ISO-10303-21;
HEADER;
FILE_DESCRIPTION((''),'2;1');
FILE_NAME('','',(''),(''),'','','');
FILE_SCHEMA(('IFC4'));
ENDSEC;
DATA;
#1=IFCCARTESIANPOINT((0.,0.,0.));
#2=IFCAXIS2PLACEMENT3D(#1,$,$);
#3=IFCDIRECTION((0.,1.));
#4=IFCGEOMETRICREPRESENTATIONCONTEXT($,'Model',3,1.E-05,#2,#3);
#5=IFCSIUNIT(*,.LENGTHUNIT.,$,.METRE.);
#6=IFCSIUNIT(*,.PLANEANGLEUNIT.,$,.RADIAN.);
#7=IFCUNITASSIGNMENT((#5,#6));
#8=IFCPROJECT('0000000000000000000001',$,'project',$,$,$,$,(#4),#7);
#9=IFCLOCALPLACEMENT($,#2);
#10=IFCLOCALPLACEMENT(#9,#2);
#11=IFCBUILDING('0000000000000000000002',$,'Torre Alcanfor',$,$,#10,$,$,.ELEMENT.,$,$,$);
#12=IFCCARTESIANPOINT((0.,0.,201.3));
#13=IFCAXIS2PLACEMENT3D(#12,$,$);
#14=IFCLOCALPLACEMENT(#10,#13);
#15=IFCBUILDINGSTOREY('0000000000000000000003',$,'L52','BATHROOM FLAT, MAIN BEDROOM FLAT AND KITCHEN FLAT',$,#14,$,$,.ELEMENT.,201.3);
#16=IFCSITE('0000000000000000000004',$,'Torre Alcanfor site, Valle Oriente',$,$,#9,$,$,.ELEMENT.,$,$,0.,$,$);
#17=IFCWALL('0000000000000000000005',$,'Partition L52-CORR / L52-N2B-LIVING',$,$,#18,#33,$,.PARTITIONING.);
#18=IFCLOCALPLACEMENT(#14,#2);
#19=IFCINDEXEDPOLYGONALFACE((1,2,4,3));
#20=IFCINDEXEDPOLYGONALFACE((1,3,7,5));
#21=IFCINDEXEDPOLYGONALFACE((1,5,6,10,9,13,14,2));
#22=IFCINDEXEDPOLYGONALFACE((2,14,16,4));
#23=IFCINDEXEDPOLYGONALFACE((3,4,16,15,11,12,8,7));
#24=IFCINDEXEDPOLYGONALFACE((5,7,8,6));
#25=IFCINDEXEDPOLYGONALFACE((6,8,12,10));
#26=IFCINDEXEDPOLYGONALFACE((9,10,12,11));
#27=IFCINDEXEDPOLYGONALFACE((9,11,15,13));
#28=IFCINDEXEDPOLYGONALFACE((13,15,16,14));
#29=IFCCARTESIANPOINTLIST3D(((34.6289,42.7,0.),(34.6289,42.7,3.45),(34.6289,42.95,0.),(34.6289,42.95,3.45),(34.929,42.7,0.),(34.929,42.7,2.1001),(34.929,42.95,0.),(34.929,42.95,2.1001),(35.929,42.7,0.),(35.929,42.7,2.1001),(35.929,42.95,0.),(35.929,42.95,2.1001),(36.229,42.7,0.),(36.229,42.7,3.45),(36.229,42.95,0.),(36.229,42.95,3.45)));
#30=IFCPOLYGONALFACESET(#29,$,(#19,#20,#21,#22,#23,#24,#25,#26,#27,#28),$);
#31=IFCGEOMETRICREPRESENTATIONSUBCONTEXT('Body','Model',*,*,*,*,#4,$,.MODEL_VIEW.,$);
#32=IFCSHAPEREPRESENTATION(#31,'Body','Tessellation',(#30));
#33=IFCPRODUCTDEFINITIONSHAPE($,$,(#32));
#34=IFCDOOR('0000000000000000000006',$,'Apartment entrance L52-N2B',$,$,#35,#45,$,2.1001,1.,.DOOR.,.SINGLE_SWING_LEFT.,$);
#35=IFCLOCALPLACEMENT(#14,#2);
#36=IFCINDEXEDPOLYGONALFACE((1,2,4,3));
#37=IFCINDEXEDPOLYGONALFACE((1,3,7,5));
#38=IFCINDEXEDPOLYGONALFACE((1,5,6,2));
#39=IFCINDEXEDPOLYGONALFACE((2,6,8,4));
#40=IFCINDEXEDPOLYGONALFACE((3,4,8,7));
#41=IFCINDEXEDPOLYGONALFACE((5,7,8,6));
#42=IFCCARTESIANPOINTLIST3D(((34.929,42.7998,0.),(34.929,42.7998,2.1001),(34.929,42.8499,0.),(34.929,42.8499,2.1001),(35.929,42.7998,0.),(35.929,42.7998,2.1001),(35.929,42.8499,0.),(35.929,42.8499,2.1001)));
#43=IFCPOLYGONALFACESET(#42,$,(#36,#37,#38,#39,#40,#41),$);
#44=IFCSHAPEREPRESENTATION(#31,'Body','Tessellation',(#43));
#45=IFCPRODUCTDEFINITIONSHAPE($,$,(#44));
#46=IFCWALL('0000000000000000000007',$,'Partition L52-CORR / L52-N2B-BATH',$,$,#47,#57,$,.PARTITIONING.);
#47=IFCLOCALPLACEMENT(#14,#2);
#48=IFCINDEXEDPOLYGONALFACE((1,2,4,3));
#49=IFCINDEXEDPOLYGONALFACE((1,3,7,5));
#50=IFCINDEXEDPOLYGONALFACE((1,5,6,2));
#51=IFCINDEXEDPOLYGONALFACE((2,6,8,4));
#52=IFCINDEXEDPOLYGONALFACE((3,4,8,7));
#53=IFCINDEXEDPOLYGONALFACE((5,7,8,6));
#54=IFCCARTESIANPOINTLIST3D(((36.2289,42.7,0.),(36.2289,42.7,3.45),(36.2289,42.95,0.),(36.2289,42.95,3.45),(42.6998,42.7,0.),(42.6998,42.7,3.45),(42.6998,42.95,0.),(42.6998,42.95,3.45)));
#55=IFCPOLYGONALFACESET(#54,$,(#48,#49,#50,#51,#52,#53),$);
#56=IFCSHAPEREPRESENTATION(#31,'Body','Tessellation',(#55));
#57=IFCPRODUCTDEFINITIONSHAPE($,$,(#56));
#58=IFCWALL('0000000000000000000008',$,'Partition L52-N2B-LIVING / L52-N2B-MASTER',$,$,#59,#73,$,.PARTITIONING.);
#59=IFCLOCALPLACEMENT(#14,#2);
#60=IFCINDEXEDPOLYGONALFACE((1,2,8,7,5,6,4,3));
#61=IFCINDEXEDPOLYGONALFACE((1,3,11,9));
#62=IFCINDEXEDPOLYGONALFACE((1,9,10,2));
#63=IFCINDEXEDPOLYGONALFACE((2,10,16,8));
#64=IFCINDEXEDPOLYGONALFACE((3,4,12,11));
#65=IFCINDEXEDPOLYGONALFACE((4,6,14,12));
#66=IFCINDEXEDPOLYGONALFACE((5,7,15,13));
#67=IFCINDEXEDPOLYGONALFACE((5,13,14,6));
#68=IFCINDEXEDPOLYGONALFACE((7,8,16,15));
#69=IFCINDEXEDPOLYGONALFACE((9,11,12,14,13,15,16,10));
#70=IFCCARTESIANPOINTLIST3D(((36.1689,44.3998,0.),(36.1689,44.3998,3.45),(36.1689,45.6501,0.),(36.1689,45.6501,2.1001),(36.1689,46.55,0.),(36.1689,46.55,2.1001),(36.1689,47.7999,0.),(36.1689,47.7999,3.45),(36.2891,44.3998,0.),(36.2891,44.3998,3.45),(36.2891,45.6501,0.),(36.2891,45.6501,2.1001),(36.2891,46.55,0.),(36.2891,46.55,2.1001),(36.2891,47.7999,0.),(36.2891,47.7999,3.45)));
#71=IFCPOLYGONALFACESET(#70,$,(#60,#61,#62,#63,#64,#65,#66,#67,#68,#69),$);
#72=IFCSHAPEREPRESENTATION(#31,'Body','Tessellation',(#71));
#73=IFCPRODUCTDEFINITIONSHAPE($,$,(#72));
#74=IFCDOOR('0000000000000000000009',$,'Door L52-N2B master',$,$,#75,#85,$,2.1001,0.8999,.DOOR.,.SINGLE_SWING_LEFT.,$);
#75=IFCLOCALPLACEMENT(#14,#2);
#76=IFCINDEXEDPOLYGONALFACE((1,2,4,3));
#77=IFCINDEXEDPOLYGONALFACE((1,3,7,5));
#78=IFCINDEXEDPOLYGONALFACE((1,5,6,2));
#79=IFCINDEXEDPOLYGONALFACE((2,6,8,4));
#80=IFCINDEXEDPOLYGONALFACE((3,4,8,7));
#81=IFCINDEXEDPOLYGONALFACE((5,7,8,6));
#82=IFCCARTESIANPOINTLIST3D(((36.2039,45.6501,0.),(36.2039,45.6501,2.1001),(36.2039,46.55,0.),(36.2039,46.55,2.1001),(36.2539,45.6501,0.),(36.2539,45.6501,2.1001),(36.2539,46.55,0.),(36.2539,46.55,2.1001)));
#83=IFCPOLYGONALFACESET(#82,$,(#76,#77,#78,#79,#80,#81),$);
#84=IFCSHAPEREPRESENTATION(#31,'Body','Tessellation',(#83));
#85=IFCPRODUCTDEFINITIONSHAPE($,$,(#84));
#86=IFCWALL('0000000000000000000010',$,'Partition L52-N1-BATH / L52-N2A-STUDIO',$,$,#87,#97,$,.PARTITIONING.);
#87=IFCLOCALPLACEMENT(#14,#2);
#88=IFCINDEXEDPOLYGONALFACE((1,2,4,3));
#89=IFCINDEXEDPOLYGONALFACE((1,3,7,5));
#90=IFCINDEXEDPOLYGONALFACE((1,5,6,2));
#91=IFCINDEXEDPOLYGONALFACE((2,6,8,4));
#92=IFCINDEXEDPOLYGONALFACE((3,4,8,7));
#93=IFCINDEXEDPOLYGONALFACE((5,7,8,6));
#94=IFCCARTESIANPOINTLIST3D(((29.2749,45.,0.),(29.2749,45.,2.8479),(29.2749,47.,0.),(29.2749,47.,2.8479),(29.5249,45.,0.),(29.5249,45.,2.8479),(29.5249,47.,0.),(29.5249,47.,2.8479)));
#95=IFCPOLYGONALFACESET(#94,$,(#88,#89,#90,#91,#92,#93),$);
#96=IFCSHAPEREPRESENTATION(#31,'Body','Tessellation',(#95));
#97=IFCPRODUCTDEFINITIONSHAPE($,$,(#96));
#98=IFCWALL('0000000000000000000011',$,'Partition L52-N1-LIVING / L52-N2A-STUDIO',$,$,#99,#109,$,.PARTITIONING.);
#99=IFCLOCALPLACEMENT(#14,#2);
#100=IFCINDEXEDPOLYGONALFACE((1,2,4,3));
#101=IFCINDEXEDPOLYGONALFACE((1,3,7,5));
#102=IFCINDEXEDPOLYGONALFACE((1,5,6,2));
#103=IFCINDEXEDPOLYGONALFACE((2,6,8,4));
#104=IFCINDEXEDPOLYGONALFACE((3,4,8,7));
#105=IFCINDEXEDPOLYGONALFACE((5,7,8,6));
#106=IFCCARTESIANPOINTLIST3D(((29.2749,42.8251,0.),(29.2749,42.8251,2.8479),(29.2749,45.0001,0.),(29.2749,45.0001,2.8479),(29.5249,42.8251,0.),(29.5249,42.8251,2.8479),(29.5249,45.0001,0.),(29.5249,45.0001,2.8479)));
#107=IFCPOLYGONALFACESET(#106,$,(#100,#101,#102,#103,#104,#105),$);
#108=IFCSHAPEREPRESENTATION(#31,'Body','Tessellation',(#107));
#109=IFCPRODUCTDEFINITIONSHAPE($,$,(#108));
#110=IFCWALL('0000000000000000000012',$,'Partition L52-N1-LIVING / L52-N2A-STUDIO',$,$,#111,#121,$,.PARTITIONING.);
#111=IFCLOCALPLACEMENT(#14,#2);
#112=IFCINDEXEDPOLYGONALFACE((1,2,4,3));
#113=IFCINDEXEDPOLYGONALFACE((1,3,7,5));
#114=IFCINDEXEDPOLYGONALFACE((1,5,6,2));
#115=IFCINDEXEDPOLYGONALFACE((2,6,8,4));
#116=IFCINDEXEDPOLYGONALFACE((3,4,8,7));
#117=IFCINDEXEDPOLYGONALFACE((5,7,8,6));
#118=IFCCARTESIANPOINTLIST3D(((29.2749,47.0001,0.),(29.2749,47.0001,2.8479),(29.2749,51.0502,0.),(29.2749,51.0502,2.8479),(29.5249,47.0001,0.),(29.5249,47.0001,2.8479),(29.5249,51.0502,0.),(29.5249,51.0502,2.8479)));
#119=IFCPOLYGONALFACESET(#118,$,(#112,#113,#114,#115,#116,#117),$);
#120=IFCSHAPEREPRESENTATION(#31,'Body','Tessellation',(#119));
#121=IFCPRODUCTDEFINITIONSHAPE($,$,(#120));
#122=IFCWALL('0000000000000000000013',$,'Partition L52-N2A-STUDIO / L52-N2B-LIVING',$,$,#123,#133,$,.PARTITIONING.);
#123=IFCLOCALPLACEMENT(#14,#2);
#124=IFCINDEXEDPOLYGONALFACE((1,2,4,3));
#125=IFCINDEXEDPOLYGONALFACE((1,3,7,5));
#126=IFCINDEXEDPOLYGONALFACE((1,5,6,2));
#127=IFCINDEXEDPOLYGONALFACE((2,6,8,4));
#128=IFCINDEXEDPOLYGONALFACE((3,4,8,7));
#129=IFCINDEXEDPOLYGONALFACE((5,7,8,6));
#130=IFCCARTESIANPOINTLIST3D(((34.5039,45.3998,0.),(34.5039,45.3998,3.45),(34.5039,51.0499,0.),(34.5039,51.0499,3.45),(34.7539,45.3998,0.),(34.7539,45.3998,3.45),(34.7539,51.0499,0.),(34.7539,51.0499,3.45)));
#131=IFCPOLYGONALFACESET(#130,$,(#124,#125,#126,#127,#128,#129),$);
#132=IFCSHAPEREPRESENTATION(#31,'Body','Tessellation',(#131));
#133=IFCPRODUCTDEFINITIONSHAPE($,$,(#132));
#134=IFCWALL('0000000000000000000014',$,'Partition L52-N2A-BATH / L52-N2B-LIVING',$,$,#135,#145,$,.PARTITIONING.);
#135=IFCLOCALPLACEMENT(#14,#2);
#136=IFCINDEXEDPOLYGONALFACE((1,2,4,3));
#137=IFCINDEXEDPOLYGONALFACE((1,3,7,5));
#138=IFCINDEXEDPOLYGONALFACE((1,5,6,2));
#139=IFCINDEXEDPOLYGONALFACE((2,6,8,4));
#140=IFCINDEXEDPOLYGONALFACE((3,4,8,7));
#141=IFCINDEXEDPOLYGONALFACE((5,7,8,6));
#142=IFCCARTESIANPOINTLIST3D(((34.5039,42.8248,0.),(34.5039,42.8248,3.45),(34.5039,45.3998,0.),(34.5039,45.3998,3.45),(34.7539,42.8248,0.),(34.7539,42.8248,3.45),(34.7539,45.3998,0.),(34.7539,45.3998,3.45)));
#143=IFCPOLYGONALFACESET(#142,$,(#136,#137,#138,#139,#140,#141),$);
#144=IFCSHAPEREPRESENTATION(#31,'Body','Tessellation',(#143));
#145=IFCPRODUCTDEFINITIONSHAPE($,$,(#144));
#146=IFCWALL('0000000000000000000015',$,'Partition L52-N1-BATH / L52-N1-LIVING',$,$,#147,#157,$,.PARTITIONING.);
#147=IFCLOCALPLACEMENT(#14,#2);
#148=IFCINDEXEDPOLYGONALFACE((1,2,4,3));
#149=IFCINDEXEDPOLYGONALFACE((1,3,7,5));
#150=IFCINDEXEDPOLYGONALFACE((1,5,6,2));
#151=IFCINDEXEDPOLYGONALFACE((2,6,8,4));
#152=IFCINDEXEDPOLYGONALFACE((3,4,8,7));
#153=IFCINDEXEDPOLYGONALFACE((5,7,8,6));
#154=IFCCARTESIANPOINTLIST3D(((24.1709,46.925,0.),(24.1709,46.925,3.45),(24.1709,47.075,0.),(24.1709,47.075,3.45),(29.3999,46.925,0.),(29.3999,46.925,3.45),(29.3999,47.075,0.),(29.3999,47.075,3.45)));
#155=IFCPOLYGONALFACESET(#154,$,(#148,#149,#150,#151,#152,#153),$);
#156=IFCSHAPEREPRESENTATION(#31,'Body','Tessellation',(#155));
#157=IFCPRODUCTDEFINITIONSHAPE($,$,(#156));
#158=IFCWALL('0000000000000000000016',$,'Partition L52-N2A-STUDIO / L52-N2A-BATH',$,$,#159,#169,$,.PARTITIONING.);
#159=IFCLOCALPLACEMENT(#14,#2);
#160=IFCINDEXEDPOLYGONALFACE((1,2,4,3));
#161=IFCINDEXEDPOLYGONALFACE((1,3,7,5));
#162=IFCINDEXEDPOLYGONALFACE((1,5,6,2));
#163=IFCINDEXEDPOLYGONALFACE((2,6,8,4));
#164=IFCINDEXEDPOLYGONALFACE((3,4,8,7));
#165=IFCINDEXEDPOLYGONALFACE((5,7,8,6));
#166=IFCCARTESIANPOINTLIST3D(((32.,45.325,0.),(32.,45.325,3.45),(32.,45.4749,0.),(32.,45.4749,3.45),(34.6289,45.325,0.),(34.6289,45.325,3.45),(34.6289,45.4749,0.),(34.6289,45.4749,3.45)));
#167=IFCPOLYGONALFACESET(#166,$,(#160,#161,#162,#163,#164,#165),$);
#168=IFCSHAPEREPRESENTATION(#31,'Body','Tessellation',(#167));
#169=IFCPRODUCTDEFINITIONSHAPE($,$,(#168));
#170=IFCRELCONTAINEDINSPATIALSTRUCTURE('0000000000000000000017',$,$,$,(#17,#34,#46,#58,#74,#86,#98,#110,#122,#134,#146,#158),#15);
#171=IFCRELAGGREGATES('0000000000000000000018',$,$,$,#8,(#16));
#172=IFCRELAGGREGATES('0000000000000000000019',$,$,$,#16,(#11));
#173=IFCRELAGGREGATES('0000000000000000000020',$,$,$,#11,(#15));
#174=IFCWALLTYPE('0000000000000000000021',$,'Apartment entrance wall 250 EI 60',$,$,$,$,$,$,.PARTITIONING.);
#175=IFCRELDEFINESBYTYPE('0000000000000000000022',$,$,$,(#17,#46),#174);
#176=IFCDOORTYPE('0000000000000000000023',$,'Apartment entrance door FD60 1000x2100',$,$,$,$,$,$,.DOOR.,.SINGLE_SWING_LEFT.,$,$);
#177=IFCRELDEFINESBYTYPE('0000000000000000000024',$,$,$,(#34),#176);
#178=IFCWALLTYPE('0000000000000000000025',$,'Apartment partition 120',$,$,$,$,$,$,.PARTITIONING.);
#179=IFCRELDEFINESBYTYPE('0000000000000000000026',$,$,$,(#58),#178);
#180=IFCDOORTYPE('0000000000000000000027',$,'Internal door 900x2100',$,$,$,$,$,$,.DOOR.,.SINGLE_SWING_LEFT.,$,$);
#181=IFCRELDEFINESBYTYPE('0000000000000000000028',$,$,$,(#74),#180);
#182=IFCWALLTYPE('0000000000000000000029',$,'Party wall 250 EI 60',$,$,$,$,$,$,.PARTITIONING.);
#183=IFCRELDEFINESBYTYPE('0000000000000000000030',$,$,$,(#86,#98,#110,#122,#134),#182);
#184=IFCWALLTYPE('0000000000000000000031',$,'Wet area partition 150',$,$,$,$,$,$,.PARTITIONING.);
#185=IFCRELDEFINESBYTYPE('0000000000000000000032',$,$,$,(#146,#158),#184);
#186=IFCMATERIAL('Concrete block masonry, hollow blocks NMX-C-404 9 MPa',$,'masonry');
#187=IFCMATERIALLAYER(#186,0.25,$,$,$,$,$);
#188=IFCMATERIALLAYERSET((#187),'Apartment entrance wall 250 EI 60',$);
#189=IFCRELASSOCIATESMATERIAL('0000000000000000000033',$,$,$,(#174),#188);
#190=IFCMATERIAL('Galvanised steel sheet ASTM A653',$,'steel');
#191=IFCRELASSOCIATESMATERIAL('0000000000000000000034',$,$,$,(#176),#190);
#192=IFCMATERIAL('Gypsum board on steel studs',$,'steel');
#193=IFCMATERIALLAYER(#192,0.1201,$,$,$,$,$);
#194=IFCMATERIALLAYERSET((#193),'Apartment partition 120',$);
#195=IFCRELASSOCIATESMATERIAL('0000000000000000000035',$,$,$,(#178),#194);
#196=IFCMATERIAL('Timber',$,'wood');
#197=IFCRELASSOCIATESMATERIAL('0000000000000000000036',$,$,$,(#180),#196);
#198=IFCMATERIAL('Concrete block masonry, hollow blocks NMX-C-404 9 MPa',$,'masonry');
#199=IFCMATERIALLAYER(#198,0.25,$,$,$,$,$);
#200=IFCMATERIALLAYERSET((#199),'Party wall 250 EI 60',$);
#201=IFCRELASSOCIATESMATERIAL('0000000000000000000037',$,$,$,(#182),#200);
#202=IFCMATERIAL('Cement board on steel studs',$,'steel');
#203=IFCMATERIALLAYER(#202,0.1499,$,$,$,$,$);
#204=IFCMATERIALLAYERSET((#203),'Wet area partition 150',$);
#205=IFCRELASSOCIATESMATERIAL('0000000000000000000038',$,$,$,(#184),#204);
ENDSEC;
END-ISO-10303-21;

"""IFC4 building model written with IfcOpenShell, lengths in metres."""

from ifc_helpers import new_model, si_unit, direction, frame, frame_2d, origin, place, context, subcontext, project, spatial, rectangle, extrude, material, layer, layer_set, type_object, element, fill, save


model = new_model("IFC4")

# Units and contexts
model_context = context("Model", 3, precision=1e-05, world=origin(), true_north=direction((0.0, 1.0)))
body_context = subcontext(model_context, "Body", "Model", "MODEL_VIEW")
ifc_project = project(units=[si_unit("LENGTHUNIT", "METRE"), si_unit("PLANEANGLEUNIT", "RADIAN")], contexts=[model_context])

# Site, building, storey
site_placement = place(None, origin())
site = spatial("IfcSite", under=ifc_project, at=site_placement, Name="Torre Alcanfor site, Valle Oriente", CompositionType="ELEMENT", RefElevation=0.0)
building_placement = place(site_placement, origin())
building = spatial("IfcBuilding", under=site, at=building_placement, Name="Torre Alcanfor", CompositionType="ELEMENT")
storey_placement = place(building_placement, frame((0.0, 0.0, 201.3)))
storey = spatial("IfcBuildingStorey", under=building, at=storey_placement, Name="L52", Description="BATHROOM FLAT, MAIN BEDROOM FLAT AND KITCHEN FLAT", CompositionType="ELEMENT", Elevation=201.3)

# Wall, opening, door
ifc_material_1 = material(Name="Concrete block masonry, hollow blocks NMX-C-404 9 MPa", Category="masonry")
ifc_layer_1 = layer(ifc_material_1, 0.25)
ifc_layer_set_1 = layer_set([ifc_layer_1], Name="Apartment entrance wall 250 EI 60")
wall_type_1 = type_object("IfcWallType", Name="Apartment entrance wall 250 EI 60", PredefinedType="PARTITIONING", material=ifc_layer_set_1)
wall_1_placement = place(storey_placement, frame((34.6289, 42.825, 0.0), z_axis=(0.0, 0.0, 1.0), x_axis=(1.0, 0.0, 0.0)))
wall_1 = element("IfcWall", 1, at=wall_1_placement, inside=storey, type_object=wall_type_1, Name="Partition L52-CORR / L52-N2B-LIVING", PredefinedType="PARTITIONING", context=body_context, shape_type="SweptSolid", body=[
    extrude(rectangle(XDim=1.6001, YDim=0.25, at=frame_2d((0.8, 0.0))), origin(), (0.0, 0.0, 1.0), 3.45),
])
opening_1_placement = place(wall_1_placement, frame((0.3, 0.0, 0.0)))
opening_1 = element("IfcOpeningElement", 2, at=opening_1_placement, cuts=wall_1, PredefinedType="OPENING", context=body_context, shape_type="SweptSolid", body=[
    extrude(rectangle(XDim=1.0, YDim=2.1001, at=frame_2d((0.5, 1.05))), frame((0.0, 0.135, 0.0), z_axis=(0.0, -1.0, 0.0), x_axis=(1.0, 0.0, 0.0)), (0.0, 0.0, 1.0), 0.27),
])
ifc_material_2 = material(Name="Galvanised steel sheet ASTM A653", Category="steel")
door_type_1 = type_object("IfcDoorType", Name="Apartment entrance door FD60 1000x2100", OperationType="SINGLE_SWING_LEFT", PredefinedType="DOOR", material=ifc_material_2)
door_1_placement = place(opening_1_placement, origin())
door_1 = element("IfcDoor", 3, at=door_1_placement, inside=storey, type_object=door_type_1, Name="Apartment entrance L52-N2B", OperationType="SINGLE_SWING_LEFT", OverallHeight=2.1001, OverallWidth=1.0, PredefinedType="DOOR", context=body_context, shape_type="SweptSolid", body=[
    extrude(rectangle(XDim=1.0, YDim=2.1001, at=frame_2d((0.5, 1.05))), frame((0.0, 0.0249, 0.0), z_axis=(0.0, -1.0, 0.0), x_axis=(1.0, 0.0, 0.0)), (0.0, 0.0, 1.0), 0.05),
])
fill(opening_1, door_1)

# Wall
wall_2_placement = place(storey_placement, frame((36.229, 42.825, 0.0), z_axis=(0.0, 0.0, 1.0), x_axis=(1.0, 0.0, 0.0)))
element("IfcWall", 4, at=wall_2_placement, inside=storey, type_object=wall_type_1, Name="Partition L52-CORR / L52-N2B-BATH", PredefinedType="PARTITIONING", context=body_context, shape_type="SweptSolid", body=[
    extrude(rectangle(XDim=6.4709, YDim=0.25, at=frame_2d((3.2354, 0.0))), origin(), (0.0, 0.0, 1.0), 3.45),
])

# Wall, opening, door
ifc_material_3 = material(Name="Gypsum board on steel studs", Category="steel")
ifc_layer_2 = layer(ifc_material_3, 0.1201)
ifc_layer_set_2 = layer_set([ifc_layer_2], Name="Apartment partition 120")
wall_type_2 = type_object("IfcWallType", Name="Apartment partition 120", PredefinedType="PARTITIONING", material=ifc_layer_set_2)
wall_3_placement = place(storey_placement, frame((36.229, 47.8, 0.0), z_axis=(0.0, 0.0, 1.0), x_axis=(0.0, -1.0, 0.0)))
wall_3 = element("IfcWall", 5, at=wall_3_placement, inside=storey, type_object=wall_type_2, Name="Partition L52-N2B-LIVING / L52-N2B-MASTER", PredefinedType="PARTITIONING", context=body_context, shape_type="SweptSolid", body=[
    extrude(rectangle(XDim=3.4001, YDim=0.1201, at=frame_2d((1.7002, 0.0))), origin(), (0.0, 0.0, 1.0), 3.45),
])
opening_2_placement = place(wall_3_placement, frame((1.25, 0.0, 0.0)))
opening_2 = element("IfcOpeningElement", 6, at=opening_2_placement, cuts=wall_3, PredefinedType="OPENING", context=body_context, shape_type="SweptSolid", body=[
    extrude(rectangle(XDim=0.8999, YDim=2.1001, at=frame_2d((0.45, 1.05))), frame((0.0, 0.0701, 0.0), z_axis=(0.0, -1.0, 0.0), x_axis=(1.0, 0.0, 0.0)), (0.0, 0.0, 1.0), 0.1401),
])
ifc_material_4 = material(Name="Timber", Category="wood")
door_type_2 = type_object("IfcDoorType", Name="Internal door 900x2100", OperationType="SINGLE_SWING_LEFT", PredefinedType="DOOR", material=ifc_material_4)
door_2_placement = place(opening_2_placement, origin())
door_2 = element("IfcDoor", 7, at=door_2_placement, inside=storey, type_object=door_type_2, Name="Door L52-N2B master", OperationType="SINGLE_SWING_LEFT", OverallHeight=2.1001, OverallWidth=0.8999, PredefinedType="DOOR", context=body_context, shape_type="SweptSolid", body=[
    extrude(rectangle(XDim=0.8999, YDim=2.1001, at=frame_2d((0.45, 1.05))), frame((0.0, 0.0249, 0.0), z_axis=(0.0, -1.0, 0.0), x_axis=(1.0, 0.0, 0.0)), (0.0, 0.0, 1.0), 0.05),
])
fill(opening_2, door_2)

# Walls
ifc_material_5 = material(Name="Concrete block masonry, hollow blocks NMX-C-404 9 MPa", Category="masonry")
ifc_layer_3 = layer(ifc_material_5, 0.25)
ifc_layer_set_3 = layer_set([ifc_layer_3], Name="Party wall 250 EI 60")
wall_type_3 = type_object("IfcWallType", Name="Party wall 250 EI 60", PredefinedType="PARTITIONING", material=ifc_layer_set_3)
wall_4_placement = place(storey_placement, frame((29.3999, 45.0, 0.0), z_axis=(0.0, 0.0, 1.0), x_axis=(0.0, 1.0, 0.0)))
element("IfcWall", 8, at=wall_4_placement, inside=storey, type_object=wall_type_3, Name="Partition L52-N1-BATH / L52-N2A-STUDIO", PredefinedType="PARTITIONING", context=body_context, shape_type="SweptSolid", body=[
    extrude(rectangle(XDim=2.0, YDim=0.25, at=frame_2d((1.0, 0.0))), origin(), (0.0, 0.0, 1.0), 2.8479),
])
wall_5_placement = place(storey_placement, frame((29.3999, 45.0, 0.0), z_axis=(0.0, 0.0, 1.0), x_axis=(0.0, -1.0, 0.0)))
element("IfcWall", 9, at=wall_5_placement, inside=storey, type_object=wall_type_3, Name="Partition L52-N1-LIVING / L52-N2A-STUDIO", PredefinedType="PARTITIONING", context=body_context, shape_type="SweptSolid", body=[
    extrude(rectangle(XDim=2.175, YDim=0.25, at=frame_2d((1.0874, 0.0))), origin(), (0.0, 0.0, 1.0), 2.8479),
])
wall_6_placement = place(storey_placement, frame((29.3999, 51.05, 0.0), z_axis=(0.0, 0.0, 1.0), x_axis=(0.0, -1.0, 0.0)))
element("IfcWall", 10, at=wall_6_placement, inside=storey, type_object=wall_type_3, Name="Partition L52-N1-LIVING / L52-N2A-STUDIO", PredefinedType="PARTITIONING", context=body_context, shape_type="SweptSolid", body=[
    extrude(rectangle(XDim=4.05, YDim=0.25, at=frame_2d((2.0249, 0.0))), origin(), (0.0, 0.0, 1.0), 2.8479),
])
wall_7_placement = place(storey_placement, frame((34.6289, 51.05, 0.0), z_axis=(0.0, 0.0, 1.0), x_axis=(0.0, -1.0, 0.0)))
element("IfcWall", 11, at=wall_7_placement, inside=storey, type_object=wall_type_3, Name="Partition L52-N2A-STUDIO / L52-N2B-LIVING", PredefinedType="PARTITIONING", context=body_context, shape_type="SweptSolid", body=[
    extrude(rectangle(XDim=5.6501, YDim=0.25, at=frame_2d((2.8252, 0.0))), origin(), (0.0, 0.0, 1.0), 3.45),
])
wall_8_placement = place(storey_placement, frame((34.6289, 45.3999, 0.0), z_axis=(0.0, 0.0, 1.0), x_axis=(0.0, -1.0, 0.0)))
element("IfcWall", 12, at=wall_8_placement, inside=storey, type_object=wall_type_3, Name="Partition L52-N2A-BATH / L52-N2B-LIVING", PredefinedType="PARTITIONING", context=body_context, shape_type="SweptSolid", body=[
    extrude(rectangle(XDim=2.575, YDim=0.25, at=frame_2d((1.2876, 0.0))), origin(), (0.0, 0.0, 1.0), 3.45),
])
ifc_material_6 = material(Name="Cement board on steel studs", Category="steel")
ifc_layer_4 = layer(ifc_material_6, 0.1499)
ifc_layer_set_4 = layer_set([ifc_layer_4], Name="Wet area partition 150")
wall_type_4 = type_object("IfcWallType", Name="Wet area partition 150", PredefinedType="PARTITIONING", material=ifc_layer_set_4)
wall_9_placement = place(storey_placement, frame((29.3999, 47.0, 0.0), z_axis=(0.0, 0.0, 1.0), x_axis=(-1.0, 0.0, 0.0)))
element("IfcWall", 13, at=wall_9_placement, inside=storey, type_object=wall_type_4, Name="Partition L52-N1-BATH / L52-N1-LIVING", PredefinedType="PARTITIONING", context=body_context, shape_type="SweptSolid", body=[
    extrude(rectangle(XDim=5.229, YDim=0.1499, at=frame_2d((2.6145, 0.0))), origin(), (0.0, 0.0, 1.0), 3.45),
])
wall_10_placement = place(storey_placement, frame((34.6289, 45.3999, 0.0), z_axis=(0.0, 0.0, 1.0), x_axis=(-1.0, 0.0, 0.0)))
element("IfcWall", 14, at=wall_10_placement, inside=storey, type_object=wall_type_4, Name="Partition L52-N2A-STUDIO / L52-N2A-BATH", PredefinedType="PARTITIONING", context=body_context, shape_type="SweptSolid", body=[
    extrude(rectangle(XDim=2.6289, YDim=0.1499, at=frame_2d((1.3145, 0.0))), origin(), (0.0, 0.0, 1.0), 3.45),
])

save(model, "model.ifc")
